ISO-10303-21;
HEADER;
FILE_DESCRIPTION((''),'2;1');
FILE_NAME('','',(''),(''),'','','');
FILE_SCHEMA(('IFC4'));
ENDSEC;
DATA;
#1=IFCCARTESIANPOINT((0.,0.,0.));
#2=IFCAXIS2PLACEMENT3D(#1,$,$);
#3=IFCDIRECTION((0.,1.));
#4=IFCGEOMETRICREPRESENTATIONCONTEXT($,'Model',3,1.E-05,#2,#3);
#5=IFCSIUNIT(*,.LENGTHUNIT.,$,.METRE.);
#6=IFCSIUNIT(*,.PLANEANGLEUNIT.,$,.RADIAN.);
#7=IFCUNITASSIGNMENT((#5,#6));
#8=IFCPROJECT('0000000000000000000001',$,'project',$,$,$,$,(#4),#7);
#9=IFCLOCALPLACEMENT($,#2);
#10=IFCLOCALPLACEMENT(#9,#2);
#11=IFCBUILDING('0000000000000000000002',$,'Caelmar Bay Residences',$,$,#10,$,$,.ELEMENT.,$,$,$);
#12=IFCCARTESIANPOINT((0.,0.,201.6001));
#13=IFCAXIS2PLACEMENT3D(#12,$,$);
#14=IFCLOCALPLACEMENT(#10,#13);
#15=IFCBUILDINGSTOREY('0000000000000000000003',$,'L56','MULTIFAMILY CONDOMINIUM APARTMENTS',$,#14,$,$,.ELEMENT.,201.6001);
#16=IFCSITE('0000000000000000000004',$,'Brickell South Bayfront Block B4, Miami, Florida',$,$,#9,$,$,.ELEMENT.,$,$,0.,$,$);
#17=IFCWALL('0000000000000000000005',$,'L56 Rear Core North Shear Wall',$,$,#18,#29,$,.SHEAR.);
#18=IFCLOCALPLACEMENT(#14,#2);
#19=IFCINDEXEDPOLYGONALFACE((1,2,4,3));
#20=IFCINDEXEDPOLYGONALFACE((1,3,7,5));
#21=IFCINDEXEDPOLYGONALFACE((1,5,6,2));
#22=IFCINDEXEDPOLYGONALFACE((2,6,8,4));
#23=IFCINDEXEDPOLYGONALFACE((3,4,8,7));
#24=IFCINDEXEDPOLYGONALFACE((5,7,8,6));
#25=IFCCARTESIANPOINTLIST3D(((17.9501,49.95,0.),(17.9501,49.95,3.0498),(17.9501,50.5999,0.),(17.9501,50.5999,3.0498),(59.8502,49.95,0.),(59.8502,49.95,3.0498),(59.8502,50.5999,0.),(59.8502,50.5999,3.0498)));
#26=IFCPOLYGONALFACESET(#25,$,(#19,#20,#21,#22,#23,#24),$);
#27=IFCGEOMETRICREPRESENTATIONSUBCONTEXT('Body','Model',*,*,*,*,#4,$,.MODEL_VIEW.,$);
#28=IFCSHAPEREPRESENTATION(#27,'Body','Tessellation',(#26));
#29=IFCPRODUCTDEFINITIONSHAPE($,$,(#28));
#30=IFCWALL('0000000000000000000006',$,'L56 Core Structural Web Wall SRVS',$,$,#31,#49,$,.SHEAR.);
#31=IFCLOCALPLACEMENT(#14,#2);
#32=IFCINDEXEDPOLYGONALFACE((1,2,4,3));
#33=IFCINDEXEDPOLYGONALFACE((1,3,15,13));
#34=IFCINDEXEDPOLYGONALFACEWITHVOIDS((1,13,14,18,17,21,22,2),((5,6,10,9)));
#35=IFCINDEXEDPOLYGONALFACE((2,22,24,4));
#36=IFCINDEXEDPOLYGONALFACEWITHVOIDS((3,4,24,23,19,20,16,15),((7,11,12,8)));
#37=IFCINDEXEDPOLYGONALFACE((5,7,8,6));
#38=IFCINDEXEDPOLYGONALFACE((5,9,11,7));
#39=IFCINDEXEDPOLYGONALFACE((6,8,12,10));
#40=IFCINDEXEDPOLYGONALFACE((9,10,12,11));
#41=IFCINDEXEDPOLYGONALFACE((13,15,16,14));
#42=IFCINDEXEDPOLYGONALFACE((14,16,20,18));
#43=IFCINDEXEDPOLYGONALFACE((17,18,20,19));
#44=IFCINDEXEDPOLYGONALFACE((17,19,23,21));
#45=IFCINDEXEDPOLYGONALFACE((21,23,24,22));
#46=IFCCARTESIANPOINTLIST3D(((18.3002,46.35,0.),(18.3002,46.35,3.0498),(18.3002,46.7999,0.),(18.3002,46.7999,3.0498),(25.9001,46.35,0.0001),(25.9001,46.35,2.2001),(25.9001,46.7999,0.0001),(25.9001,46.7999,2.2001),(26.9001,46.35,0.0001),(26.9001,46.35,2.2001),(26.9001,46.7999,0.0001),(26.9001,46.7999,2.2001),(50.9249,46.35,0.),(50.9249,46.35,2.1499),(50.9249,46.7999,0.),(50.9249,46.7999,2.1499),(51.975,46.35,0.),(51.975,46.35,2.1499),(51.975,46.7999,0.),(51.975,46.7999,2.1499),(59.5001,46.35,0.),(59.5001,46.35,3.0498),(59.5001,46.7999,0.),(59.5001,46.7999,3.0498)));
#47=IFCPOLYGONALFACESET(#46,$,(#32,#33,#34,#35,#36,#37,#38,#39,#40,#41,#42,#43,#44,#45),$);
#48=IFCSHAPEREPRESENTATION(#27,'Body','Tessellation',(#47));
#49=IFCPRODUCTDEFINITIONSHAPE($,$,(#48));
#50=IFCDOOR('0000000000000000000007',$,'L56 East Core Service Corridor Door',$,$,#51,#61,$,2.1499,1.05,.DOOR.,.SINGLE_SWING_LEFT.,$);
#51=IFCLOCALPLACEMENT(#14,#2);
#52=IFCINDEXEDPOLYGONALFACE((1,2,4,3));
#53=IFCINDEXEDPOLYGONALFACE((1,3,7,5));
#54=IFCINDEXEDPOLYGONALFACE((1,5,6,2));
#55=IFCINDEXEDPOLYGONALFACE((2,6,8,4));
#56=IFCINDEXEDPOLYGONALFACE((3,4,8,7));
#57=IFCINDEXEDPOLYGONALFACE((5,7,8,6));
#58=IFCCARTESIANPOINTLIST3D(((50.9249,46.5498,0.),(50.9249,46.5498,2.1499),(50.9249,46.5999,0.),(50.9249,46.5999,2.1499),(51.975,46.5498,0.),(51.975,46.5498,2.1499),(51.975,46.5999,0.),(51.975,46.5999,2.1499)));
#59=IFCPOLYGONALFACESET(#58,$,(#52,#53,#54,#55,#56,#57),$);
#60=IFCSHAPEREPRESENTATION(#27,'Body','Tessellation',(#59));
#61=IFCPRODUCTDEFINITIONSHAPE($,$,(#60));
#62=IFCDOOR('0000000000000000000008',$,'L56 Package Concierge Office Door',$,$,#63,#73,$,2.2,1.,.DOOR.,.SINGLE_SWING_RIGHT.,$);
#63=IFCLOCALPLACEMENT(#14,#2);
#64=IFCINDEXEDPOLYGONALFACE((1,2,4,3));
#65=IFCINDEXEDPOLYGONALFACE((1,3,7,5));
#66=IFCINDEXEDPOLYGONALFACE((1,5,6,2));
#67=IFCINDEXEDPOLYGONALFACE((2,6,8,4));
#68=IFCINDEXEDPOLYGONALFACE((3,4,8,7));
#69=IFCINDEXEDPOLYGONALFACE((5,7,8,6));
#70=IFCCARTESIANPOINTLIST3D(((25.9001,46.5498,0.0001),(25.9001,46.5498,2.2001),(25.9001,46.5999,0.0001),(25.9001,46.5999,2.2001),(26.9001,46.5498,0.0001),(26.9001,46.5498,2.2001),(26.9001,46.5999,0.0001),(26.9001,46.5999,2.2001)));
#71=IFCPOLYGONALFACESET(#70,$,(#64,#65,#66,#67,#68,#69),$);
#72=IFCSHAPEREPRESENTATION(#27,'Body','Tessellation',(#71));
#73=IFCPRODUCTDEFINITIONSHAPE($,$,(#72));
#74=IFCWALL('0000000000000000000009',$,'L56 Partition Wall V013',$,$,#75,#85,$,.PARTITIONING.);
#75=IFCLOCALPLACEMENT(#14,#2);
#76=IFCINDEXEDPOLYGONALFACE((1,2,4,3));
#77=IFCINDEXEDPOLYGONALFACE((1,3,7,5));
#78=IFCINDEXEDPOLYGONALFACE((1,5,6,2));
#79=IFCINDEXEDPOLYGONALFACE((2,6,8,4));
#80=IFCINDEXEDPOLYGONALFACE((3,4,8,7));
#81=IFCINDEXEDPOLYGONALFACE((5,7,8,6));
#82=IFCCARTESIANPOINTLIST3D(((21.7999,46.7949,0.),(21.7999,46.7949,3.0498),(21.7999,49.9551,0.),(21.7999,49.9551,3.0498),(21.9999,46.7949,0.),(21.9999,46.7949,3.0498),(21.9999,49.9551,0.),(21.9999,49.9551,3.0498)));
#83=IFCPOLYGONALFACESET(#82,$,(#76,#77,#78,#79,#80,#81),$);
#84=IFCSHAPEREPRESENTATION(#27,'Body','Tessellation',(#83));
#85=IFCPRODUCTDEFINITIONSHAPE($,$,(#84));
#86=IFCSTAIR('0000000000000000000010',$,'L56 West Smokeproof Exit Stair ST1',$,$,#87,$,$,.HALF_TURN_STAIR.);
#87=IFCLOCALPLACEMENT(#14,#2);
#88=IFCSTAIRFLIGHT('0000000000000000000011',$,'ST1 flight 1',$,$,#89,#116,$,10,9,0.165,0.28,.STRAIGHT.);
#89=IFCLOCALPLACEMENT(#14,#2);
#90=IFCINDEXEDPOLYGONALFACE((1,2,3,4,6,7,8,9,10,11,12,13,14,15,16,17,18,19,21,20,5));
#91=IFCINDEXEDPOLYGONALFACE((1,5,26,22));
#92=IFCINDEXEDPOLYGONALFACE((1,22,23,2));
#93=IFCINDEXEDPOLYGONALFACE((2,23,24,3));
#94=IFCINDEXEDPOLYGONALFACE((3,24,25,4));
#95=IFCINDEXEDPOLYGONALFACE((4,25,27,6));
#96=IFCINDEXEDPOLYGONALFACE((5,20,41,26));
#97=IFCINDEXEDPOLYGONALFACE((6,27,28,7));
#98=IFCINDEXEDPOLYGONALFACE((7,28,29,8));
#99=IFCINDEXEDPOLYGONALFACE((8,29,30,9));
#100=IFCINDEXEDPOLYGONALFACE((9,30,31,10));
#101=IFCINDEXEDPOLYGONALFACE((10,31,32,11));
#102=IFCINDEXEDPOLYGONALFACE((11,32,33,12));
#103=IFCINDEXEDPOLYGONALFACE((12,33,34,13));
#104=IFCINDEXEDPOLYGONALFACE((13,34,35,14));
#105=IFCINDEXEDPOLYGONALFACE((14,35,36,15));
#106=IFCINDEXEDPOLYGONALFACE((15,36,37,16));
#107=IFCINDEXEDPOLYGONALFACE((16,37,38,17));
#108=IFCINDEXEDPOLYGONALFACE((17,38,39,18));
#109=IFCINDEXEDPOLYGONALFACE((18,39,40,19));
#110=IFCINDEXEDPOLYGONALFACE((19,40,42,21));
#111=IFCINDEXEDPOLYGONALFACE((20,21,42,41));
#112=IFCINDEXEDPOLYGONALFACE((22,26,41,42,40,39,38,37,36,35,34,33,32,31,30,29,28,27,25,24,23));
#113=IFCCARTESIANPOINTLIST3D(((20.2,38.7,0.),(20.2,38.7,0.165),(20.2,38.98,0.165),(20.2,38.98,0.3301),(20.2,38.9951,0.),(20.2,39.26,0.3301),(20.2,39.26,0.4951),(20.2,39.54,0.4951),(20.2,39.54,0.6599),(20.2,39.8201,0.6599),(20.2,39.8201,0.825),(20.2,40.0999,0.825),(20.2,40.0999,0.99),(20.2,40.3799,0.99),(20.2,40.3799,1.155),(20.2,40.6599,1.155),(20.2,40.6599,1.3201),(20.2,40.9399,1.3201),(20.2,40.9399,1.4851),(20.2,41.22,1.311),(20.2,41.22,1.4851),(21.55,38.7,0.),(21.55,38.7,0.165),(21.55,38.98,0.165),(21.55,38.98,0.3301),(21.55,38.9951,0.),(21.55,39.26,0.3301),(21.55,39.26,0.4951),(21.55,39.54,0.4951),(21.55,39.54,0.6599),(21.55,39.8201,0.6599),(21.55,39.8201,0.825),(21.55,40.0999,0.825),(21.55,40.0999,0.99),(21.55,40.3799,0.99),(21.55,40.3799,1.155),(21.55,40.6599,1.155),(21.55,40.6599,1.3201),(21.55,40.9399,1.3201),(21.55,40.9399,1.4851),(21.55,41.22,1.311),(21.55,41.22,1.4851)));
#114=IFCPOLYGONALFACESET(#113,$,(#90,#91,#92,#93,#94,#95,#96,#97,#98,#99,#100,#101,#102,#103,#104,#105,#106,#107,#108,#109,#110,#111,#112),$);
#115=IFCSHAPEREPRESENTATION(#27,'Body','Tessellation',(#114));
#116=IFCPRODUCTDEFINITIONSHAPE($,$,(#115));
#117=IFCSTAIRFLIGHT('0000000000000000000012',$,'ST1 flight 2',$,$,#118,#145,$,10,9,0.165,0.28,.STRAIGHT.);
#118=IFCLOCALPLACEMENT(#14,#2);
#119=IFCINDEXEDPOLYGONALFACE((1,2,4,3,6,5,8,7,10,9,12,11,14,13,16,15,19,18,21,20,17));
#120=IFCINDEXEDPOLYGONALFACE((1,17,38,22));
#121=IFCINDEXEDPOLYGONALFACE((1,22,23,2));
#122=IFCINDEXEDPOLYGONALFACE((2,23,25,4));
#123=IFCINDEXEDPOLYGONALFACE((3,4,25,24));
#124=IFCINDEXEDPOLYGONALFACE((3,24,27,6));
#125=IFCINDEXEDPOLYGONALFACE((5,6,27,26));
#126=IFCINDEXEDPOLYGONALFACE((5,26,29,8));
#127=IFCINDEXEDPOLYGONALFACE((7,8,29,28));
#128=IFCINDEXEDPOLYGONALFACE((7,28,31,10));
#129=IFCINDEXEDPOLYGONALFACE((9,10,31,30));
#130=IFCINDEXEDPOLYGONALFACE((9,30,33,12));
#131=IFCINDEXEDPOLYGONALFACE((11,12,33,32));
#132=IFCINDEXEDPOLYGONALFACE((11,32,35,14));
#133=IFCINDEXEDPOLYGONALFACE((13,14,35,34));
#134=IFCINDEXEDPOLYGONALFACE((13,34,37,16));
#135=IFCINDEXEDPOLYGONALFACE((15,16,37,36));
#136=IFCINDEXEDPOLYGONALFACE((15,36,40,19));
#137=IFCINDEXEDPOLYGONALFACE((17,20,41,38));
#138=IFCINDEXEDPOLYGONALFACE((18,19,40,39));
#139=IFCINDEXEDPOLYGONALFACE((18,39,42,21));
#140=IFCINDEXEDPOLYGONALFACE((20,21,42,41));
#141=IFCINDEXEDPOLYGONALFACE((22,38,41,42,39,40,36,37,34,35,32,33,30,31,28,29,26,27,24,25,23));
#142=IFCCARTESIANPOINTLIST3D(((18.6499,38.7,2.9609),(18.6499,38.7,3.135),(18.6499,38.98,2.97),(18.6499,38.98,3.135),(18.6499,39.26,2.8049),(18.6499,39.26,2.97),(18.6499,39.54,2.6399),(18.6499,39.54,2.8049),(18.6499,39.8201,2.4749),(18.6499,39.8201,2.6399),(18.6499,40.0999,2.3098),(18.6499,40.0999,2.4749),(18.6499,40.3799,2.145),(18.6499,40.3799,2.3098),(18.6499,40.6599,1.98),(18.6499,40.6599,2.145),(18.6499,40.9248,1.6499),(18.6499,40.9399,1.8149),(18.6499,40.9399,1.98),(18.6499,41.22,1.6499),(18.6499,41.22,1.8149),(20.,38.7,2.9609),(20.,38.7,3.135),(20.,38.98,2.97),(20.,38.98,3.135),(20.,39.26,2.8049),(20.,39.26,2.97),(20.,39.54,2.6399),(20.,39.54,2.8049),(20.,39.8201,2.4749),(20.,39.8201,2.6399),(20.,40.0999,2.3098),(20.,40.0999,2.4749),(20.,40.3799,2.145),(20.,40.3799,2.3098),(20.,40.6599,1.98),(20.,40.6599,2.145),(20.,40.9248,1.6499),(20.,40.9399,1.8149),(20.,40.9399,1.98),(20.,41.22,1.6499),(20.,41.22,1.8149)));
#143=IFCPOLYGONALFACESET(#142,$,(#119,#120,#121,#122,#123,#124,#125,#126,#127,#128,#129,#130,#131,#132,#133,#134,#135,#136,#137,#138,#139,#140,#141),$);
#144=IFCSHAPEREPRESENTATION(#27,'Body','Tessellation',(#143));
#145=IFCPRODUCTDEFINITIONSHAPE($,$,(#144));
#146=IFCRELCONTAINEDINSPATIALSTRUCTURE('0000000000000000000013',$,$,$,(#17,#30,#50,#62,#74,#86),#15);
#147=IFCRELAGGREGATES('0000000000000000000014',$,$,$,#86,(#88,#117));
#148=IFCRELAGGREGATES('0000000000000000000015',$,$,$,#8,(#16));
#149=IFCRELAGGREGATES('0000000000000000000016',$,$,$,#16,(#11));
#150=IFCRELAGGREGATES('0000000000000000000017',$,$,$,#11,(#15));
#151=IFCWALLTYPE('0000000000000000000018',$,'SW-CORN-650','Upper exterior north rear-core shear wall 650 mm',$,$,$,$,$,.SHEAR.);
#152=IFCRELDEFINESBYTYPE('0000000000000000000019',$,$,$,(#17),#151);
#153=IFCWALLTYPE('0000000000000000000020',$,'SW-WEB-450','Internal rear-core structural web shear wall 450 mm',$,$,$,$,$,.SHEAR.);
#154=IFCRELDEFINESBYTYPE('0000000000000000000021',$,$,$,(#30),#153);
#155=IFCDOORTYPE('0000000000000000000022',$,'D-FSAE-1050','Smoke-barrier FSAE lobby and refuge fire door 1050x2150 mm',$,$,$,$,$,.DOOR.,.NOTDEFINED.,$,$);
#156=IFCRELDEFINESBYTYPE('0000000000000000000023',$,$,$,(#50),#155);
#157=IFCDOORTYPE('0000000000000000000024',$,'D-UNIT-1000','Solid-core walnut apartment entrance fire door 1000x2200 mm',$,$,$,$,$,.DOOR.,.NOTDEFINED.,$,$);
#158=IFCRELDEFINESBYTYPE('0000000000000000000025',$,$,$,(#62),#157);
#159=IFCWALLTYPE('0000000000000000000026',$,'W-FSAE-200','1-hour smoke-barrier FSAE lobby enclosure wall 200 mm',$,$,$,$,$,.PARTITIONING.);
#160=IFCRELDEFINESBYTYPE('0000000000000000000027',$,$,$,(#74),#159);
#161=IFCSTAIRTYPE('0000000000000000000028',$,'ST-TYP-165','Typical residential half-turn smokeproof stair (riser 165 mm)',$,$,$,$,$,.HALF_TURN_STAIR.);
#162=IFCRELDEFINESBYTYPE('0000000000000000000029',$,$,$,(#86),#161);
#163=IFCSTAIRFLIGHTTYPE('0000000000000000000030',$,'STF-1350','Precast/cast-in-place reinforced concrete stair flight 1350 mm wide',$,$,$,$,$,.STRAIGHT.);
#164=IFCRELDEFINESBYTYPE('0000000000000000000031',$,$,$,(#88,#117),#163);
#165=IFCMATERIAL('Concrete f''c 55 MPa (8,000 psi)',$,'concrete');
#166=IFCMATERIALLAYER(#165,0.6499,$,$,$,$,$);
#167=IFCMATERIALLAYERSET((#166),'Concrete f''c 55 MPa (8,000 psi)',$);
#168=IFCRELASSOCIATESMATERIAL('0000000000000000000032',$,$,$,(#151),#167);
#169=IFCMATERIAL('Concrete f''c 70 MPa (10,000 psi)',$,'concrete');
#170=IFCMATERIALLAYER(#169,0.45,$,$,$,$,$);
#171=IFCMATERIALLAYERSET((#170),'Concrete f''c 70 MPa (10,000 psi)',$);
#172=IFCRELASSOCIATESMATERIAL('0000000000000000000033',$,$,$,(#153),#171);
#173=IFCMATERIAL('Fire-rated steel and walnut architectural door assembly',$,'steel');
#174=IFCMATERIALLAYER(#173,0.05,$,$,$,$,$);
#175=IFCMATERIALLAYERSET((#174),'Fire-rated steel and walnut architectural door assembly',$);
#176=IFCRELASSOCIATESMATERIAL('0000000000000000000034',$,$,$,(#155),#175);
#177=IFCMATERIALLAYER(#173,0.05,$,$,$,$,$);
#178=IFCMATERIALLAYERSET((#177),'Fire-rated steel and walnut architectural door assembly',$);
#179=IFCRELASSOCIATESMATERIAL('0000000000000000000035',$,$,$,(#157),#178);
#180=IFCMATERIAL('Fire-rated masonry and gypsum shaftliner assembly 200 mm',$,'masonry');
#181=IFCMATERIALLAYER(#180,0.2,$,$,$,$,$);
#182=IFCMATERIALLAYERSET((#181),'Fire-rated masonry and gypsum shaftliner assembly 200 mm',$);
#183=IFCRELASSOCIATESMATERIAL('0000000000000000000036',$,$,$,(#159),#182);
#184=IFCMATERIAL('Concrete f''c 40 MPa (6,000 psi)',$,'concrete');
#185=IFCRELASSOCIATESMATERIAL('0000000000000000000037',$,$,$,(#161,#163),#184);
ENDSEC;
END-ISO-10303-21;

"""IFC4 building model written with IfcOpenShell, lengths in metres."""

from ifc_helpers import new_model, si_unit, direction, frame, frame_2d, origin, place, context, subcontext, project, spatial, polyline, rectangle, outline, extrude, material, layer, layer_set, type_object, element, fill, aggregate, save


model = new_model("IFC4")

# Units and contexts
model_context = context("Model", 3, precision=1e-05, world=origin(), true_north=direction((0.0, 1.0)))
body_context = subcontext(model_context, "Body", "Model", "MODEL_VIEW")
ifc_project = project(units=[si_unit("LENGTHUNIT", "METRE"), si_unit("PLANEANGLEUNIT", "RADIAN")], contexts=[model_context])

# Site, building, storey
site_placement = place(None, origin())
site = spatial("IfcSite", under=ifc_project, at=site_placement, Name="Brickell South Bayfront Block B4, Miami, Florida", CompositionType="ELEMENT", RefElevation=0.0)
building_placement = place(site_placement, origin())
building = spatial("IfcBuilding", under=site, at=building_placement, Name="Caelmar Bay Residences", CompositionType="ELEMENT")
storey_placement = place(building_placement, frame((0.0, 0.0, 201.6001)))
storey = spatial("IfcBuildingStorey", under=building, at=storey_placement, Name="L56", Description="MULTIFAMILY CONDOMINIUM APARTMENTS", CompositionType="ELEMENT", Elevation=201.6001)

# Wall
ifc_material_1 = material(Name="Concrete f'c 55 MPa (8,000 psi)", Category="concrete")
ifc_layer_1 = layer(ifc_material_1, 0.6499)
ifc_layer_set_1 = layer_set([ifc_layer_1], Name="Concrete f'c 55 MPa (8,000 psi)")
wall_type_1 = type_object("IfcWallType", Name="SW-CORN-650", Description="Upper exterior north rear-core shear wall 650 mm", PredefinedType="SHEAR", material=ifc_layer_set_1)
wall_1_placement = place(storey_placement, frame((17.95, 50.2749, 0.0), z_axis=(0.0, 0.0, 1.0), x_axis=(1.0, 0.0, 0.0)))
element("IfcWall", 1, at=wall_1_placement, inside=storey, type_object=wall_type_1, Name="L56 Rear Core North Shear Wall", PredefinedType="SHEAR", context=body_context, shape_type="SweptSolid", body=[
    extrude(rectangle(XDim=41.9001, YDim=0.6499, at=frame_2d((20.9502, 0.0))), origin(), (0.0, 0.0, 1.0), 3.0498),
])

# Wall, openings, doors
ifc_material_2 = material(Name="Concrete f'c 70 MPa (10,000 psi)", Category="concrete")
ifc_layer_2 = layer(ifc_material_2, 0.45)
ifc_layer_set_2 = layer_set([ifc_layer_2], Name="Concrete f'c 70 MPa (10,000 psi)")
wall_type_2 = type_object("IfcWallType", Name="SW-WEB-450", Description="Internal rear-core structural web shear wall 450 mm", PredefinedType="SHEAR", material=ifc_layer_set_2)
wall_2_placement = place(storey_placement, frame((18.3, 46.575, 0.0), z_axis=(0.0, 0.0, 1.0), x_axis=(1.0, 0.0, 0.0)))
wall_2 = element("IfcWall", 2, at=wall_2_placement, inside=storey, type_object=wall_type_2, Name="L56 Core Structural Web Wall SRVS", PredefinedType="SHEAR", context=body_context, shape_type="SweptSolid", body=[
    extrude(rectangle(XDim=41.2, YDim=0.45, at=frame_2d((20.6001, 0.0))), origin(), (0.0, 0.0, 1.0), 3.0498),
])
opening_1_placement = place(wall_2_placement, frame((7.6001, 0.0, 0.0)))
opening_1 = element("IfcOpeningElement", 3, at=opening_1_placement, cuts=wall_2, PredefinedType="OPENING", context=body_context, shape_type="SweptSolid", body=[
    extrude(rectangle(XDim=1.0, YDim=2.2, at=frame_2d((0.5, 1.1001))), frame((0.0, 0.2349, 0.0), z_axis=(0.0, -1.0, 0.0), x_axis=(1.0, 0.0, 0.0)), (0.0, 0.0, 1.0), 0.47),
])
opening_2_placement = place(wall_2_placement, frame((32.625, 0.0, 0.0)))
opening_2 = element("IfcOpeningElement", 4, at=opening_2_placement, cuts=wall_2, PredefinedType="OPENING", context=body_context, shape_type="SweptSolid", body=[
    extrude(rectangle(XDim=1.05, YDim=2.1499, at=frame_2d((0.5249, 1.075))), frame((0.0, 0.2349, 0.0), z_axis=(0.0, -1.0, 0.0), x_axis=(1.0, 0.0, 0.0)), (0.0, 0.0, 1.0), 0.47),
])
ifc_material_3 = material(Name="Fire-rated steel and walnut architectural door assembly", Category="steel")
ifc_layer_3 = layer(ifc_material_3, 0.05)
ifc_layer_set_3 = layer_set([ifc_layer_3], Name="Fire-rated steel and walnut architectural door assembly")
door_type_1 = type_object("IfcDoorType", Name="D-FSAE-1050", Description="Smoke-barrier FSAE lobby and refuge fire door 1050x2150 mm", OperationType="NOTDEFINED", PredefinedType="DOOR", material=ifc_layer_set_3)
door_1_placement = place(opening_2_placement, origin())
door_1 = element("IfcDoor", 5, at=door_1_placement, inside=storey, type_object=door_type_1, Name="L56 East Core Service Corridor Door", OperationType="SINGLE_SWING_LEFT", OverallHeight=2.1499, OverallWidth=1.05, PredefinedType="DOOR", context=body_context, shape_type="SweptSolid", body=[
    extrude(rectangle(XDim=1.05, YDim=2.1499, at=frame_2d((0.5249, 1.075))), frame((0.0, 0.0249, 0.0), z_axis=(0.0, -1.0, 0.0), x_axis=(1.0, 0.0, 0.0)), (0.0, 0.0, 1.0), 0.05),
])
fill(opening_2, door_1)
ifc_layer_4 = layer(ifc_material_3, 0.05)
ifc_layer_set_4 = layer_set([ifc_layer_4], Name="Fire-rated steel and walnut architectural door assembly")
door_type_2 = type_object("IfcDoorType", Name="D-UNIT-1000", Description="Solid-core walnut apartment entrance fire door 1000x2200 mm", OperationType="NOTDEFINED", PredefinedType="DOOR", material=ifc_layer_set_4)
door_2_placement = place(opening_1_placement, origin())
door_2 = element("IfcDoor", 6, at=door_2_placement, inside=storey, type_object=door_type_2, Name="L56 Package Concierge Office Door", OperationType="SINGLE_SWING_RIGHT", OverallHeight=2.2, OverallWidth=1.0, PredefinedType="DOOR", context=body_context, shape_type="SweptSolid", body=[
    extrude(rectangle(XDim=1.0, YDim=2.2, at=frame_2d((0.5, 1.1001))), frame((0.0, 0.0249, 0.0), z_axis=(0.0, -1.0, 0.0), x_axis=(1.0, 0.0, 0.0)), (0.0, 0.0, 1.0), 0.05),
])
fill(opening_1, door_2)

# Wall
ifc_material_4 = material(Name="Fire-rated masonry and gypsum shaftliner assembly 200 mm", Category="masonry")
ifc_layer_5 = layer(ifc_material_4, 0.2)
ifc_layer_set_5 = layer_set([ifc_layer_5], Name="Fire-rated masonry and gypsum shaftliner assembly 200 mm")
wall_type_3 = type_object("IfcWallType", Name="W-FSAE-200", Description="1-hour smoke-barrier FSAE lobby enclosure wall 200 mm", PredefinedType="PARTITIONING", material=ifc_layer_set_5)
wall_3_placement = place(storey_placement, frame((21.8999, 46.7949, 0.0), z_axis=(0.0, 0.0, 1.0), x_axis=(0.0, 1.0, 0.0)))
element("IfcWall", 7, at=wall_3_placement, inside=storey, type_object=wall_type_3, Name="L56 Partition Wall V013", PredefinedType="PARTITIONING", context=body_context, shape_type="SweptSolid", body=[
    extrude(rectangle(XDim=3.1602, YDim=0.2, at=frame_2d((1.5801, 0.0))), origin(), (0.0, 0.0, 1.0), 3.0498),
])

# Stair, stair flights
ifc_material_5 = material(Name="Concrete f'c 40 MPa (6,000 psi)", Category="concrete")
stair_type = type_object("IfcStairType", Name="ST-TYP-165", Description="Typical residential half-turn smokeproof stair (riser 165 mm)", PredefinedType="HALF_TURN_STAIR", material=ifc_material_5)
stair_placement = place(storey_placement, origin())
stair = element("IfcStair", 8, at=stair_placement, inside=storey, type_object=stair_type, Name="L56 West Smokeproof Exit Stair ST1", PredefinedType="HALF_TURN_STAIR")
stair_flight_type = type_object("IfcStairFlightType", Name="STF-1350", Description="Precast/cast-in-place reinforced concrete stair flight 1350 mm wide", PredefinedType="STRAIGHT", material=ifc_material_5)
stair_flight_1_placement = place(storey_placement, frame((20.875, 38.7, 0.0), z_axis=(0.0, 0.0, 1.0), x_axis=(0.0, 1.0, 0.0)))
stair_flight_1 = element("IfcStairFlight", 9, at=stair_flight_1_placement, type_object=stair_flight_type, Name="ST1 flight 1", NumberOfRisers=10, NumberOfTreads=9, PredefinedType="STRAIGHT", RiserHeight=0.165, TreadLength=0.28, context=body_context, shape_type="SweptSolid", body=[
    extrude(outline(polyline([(0.0, 0.0), (0.0, 0.165), (0.28, 0.165), (0.28, 0.3301), (0.5601, 0.3301), (0.5601, 0.4951), (0.8401, 0.4951), (0.8401, 0.6599), (1.1201, 0.6599), (1.1201, 0.825), (1.3999, 0.825), (1.3999, 0.99), (1.6799, 0.99), (1.6799, 1.155), (1.96, 1.155), (1.96, 1.3201), (2.24, 1.3201), (2.24, 1.4851), (2.52, 1.4851), (2.52, 1.6499), (2.52, 1.311), (0.2952, 0.0), (0.0, 0.0)])), frame((0.0, 0.675, 0.0), z_axis=(0.0, -1.0, 0.0), x_axis=(1.0, 0.0, 0.0)), (0.0, 0.0, 1.0), 1.3501),
])
stair_flight_2_placement = place(storey_placement, frame((19.325, 41.22, 1.6499), z_axis=(0.0, 0.0, 1.0), x_axis=(0.0, -1.0, 0.0)))
stair_flight_2 = element("IfcStairFlight", 10, at=stair_flight_2_placement, type_object=stair_flight_type, Name="ST1 flight 2", NumberOfRisers=10, NumberOfTreads=9, PredefinedType="STRAIGHT", RiserHeight=0.165, TreadLength=0.28, context=body_context, shape_type="SweptSolid", body=[
    extrude(outline(polyline([(0.0, 0.0), (0.0, 0.165), (0.28, 0.165), (0.28, 0.3301), (0.5601, 0.3301), (0.5601, 0.4951), (0.8401, 0.4951), (0.8401, 0.6599), (1.1201, 0.6599), (1.1201, 0.825), (1.3999, 0.825), (1.3999, 0.99), (1.6799, 0.99), (1.6799, 1.155), (1.96, 1.155), (1.96, 1.3201), (2.24, 1.3201), (2.24, 1.4851), (2.52, 1.4851), (2.52, 1.6499), (2.52, 1.311), (0.2952, 0.0), (0.0, 0.0)])), frame((0.0, 0.675, 0.0), z_axis=(0.0, -1.0, 0.0), x_axis=(1.0, 0.0, 0.0)), (0.0, 0.0, 1.0), 1.3501),
])
aggregate(stair, [stair_flight_1, stair_flight_2])

save(model, "model.ifc")
